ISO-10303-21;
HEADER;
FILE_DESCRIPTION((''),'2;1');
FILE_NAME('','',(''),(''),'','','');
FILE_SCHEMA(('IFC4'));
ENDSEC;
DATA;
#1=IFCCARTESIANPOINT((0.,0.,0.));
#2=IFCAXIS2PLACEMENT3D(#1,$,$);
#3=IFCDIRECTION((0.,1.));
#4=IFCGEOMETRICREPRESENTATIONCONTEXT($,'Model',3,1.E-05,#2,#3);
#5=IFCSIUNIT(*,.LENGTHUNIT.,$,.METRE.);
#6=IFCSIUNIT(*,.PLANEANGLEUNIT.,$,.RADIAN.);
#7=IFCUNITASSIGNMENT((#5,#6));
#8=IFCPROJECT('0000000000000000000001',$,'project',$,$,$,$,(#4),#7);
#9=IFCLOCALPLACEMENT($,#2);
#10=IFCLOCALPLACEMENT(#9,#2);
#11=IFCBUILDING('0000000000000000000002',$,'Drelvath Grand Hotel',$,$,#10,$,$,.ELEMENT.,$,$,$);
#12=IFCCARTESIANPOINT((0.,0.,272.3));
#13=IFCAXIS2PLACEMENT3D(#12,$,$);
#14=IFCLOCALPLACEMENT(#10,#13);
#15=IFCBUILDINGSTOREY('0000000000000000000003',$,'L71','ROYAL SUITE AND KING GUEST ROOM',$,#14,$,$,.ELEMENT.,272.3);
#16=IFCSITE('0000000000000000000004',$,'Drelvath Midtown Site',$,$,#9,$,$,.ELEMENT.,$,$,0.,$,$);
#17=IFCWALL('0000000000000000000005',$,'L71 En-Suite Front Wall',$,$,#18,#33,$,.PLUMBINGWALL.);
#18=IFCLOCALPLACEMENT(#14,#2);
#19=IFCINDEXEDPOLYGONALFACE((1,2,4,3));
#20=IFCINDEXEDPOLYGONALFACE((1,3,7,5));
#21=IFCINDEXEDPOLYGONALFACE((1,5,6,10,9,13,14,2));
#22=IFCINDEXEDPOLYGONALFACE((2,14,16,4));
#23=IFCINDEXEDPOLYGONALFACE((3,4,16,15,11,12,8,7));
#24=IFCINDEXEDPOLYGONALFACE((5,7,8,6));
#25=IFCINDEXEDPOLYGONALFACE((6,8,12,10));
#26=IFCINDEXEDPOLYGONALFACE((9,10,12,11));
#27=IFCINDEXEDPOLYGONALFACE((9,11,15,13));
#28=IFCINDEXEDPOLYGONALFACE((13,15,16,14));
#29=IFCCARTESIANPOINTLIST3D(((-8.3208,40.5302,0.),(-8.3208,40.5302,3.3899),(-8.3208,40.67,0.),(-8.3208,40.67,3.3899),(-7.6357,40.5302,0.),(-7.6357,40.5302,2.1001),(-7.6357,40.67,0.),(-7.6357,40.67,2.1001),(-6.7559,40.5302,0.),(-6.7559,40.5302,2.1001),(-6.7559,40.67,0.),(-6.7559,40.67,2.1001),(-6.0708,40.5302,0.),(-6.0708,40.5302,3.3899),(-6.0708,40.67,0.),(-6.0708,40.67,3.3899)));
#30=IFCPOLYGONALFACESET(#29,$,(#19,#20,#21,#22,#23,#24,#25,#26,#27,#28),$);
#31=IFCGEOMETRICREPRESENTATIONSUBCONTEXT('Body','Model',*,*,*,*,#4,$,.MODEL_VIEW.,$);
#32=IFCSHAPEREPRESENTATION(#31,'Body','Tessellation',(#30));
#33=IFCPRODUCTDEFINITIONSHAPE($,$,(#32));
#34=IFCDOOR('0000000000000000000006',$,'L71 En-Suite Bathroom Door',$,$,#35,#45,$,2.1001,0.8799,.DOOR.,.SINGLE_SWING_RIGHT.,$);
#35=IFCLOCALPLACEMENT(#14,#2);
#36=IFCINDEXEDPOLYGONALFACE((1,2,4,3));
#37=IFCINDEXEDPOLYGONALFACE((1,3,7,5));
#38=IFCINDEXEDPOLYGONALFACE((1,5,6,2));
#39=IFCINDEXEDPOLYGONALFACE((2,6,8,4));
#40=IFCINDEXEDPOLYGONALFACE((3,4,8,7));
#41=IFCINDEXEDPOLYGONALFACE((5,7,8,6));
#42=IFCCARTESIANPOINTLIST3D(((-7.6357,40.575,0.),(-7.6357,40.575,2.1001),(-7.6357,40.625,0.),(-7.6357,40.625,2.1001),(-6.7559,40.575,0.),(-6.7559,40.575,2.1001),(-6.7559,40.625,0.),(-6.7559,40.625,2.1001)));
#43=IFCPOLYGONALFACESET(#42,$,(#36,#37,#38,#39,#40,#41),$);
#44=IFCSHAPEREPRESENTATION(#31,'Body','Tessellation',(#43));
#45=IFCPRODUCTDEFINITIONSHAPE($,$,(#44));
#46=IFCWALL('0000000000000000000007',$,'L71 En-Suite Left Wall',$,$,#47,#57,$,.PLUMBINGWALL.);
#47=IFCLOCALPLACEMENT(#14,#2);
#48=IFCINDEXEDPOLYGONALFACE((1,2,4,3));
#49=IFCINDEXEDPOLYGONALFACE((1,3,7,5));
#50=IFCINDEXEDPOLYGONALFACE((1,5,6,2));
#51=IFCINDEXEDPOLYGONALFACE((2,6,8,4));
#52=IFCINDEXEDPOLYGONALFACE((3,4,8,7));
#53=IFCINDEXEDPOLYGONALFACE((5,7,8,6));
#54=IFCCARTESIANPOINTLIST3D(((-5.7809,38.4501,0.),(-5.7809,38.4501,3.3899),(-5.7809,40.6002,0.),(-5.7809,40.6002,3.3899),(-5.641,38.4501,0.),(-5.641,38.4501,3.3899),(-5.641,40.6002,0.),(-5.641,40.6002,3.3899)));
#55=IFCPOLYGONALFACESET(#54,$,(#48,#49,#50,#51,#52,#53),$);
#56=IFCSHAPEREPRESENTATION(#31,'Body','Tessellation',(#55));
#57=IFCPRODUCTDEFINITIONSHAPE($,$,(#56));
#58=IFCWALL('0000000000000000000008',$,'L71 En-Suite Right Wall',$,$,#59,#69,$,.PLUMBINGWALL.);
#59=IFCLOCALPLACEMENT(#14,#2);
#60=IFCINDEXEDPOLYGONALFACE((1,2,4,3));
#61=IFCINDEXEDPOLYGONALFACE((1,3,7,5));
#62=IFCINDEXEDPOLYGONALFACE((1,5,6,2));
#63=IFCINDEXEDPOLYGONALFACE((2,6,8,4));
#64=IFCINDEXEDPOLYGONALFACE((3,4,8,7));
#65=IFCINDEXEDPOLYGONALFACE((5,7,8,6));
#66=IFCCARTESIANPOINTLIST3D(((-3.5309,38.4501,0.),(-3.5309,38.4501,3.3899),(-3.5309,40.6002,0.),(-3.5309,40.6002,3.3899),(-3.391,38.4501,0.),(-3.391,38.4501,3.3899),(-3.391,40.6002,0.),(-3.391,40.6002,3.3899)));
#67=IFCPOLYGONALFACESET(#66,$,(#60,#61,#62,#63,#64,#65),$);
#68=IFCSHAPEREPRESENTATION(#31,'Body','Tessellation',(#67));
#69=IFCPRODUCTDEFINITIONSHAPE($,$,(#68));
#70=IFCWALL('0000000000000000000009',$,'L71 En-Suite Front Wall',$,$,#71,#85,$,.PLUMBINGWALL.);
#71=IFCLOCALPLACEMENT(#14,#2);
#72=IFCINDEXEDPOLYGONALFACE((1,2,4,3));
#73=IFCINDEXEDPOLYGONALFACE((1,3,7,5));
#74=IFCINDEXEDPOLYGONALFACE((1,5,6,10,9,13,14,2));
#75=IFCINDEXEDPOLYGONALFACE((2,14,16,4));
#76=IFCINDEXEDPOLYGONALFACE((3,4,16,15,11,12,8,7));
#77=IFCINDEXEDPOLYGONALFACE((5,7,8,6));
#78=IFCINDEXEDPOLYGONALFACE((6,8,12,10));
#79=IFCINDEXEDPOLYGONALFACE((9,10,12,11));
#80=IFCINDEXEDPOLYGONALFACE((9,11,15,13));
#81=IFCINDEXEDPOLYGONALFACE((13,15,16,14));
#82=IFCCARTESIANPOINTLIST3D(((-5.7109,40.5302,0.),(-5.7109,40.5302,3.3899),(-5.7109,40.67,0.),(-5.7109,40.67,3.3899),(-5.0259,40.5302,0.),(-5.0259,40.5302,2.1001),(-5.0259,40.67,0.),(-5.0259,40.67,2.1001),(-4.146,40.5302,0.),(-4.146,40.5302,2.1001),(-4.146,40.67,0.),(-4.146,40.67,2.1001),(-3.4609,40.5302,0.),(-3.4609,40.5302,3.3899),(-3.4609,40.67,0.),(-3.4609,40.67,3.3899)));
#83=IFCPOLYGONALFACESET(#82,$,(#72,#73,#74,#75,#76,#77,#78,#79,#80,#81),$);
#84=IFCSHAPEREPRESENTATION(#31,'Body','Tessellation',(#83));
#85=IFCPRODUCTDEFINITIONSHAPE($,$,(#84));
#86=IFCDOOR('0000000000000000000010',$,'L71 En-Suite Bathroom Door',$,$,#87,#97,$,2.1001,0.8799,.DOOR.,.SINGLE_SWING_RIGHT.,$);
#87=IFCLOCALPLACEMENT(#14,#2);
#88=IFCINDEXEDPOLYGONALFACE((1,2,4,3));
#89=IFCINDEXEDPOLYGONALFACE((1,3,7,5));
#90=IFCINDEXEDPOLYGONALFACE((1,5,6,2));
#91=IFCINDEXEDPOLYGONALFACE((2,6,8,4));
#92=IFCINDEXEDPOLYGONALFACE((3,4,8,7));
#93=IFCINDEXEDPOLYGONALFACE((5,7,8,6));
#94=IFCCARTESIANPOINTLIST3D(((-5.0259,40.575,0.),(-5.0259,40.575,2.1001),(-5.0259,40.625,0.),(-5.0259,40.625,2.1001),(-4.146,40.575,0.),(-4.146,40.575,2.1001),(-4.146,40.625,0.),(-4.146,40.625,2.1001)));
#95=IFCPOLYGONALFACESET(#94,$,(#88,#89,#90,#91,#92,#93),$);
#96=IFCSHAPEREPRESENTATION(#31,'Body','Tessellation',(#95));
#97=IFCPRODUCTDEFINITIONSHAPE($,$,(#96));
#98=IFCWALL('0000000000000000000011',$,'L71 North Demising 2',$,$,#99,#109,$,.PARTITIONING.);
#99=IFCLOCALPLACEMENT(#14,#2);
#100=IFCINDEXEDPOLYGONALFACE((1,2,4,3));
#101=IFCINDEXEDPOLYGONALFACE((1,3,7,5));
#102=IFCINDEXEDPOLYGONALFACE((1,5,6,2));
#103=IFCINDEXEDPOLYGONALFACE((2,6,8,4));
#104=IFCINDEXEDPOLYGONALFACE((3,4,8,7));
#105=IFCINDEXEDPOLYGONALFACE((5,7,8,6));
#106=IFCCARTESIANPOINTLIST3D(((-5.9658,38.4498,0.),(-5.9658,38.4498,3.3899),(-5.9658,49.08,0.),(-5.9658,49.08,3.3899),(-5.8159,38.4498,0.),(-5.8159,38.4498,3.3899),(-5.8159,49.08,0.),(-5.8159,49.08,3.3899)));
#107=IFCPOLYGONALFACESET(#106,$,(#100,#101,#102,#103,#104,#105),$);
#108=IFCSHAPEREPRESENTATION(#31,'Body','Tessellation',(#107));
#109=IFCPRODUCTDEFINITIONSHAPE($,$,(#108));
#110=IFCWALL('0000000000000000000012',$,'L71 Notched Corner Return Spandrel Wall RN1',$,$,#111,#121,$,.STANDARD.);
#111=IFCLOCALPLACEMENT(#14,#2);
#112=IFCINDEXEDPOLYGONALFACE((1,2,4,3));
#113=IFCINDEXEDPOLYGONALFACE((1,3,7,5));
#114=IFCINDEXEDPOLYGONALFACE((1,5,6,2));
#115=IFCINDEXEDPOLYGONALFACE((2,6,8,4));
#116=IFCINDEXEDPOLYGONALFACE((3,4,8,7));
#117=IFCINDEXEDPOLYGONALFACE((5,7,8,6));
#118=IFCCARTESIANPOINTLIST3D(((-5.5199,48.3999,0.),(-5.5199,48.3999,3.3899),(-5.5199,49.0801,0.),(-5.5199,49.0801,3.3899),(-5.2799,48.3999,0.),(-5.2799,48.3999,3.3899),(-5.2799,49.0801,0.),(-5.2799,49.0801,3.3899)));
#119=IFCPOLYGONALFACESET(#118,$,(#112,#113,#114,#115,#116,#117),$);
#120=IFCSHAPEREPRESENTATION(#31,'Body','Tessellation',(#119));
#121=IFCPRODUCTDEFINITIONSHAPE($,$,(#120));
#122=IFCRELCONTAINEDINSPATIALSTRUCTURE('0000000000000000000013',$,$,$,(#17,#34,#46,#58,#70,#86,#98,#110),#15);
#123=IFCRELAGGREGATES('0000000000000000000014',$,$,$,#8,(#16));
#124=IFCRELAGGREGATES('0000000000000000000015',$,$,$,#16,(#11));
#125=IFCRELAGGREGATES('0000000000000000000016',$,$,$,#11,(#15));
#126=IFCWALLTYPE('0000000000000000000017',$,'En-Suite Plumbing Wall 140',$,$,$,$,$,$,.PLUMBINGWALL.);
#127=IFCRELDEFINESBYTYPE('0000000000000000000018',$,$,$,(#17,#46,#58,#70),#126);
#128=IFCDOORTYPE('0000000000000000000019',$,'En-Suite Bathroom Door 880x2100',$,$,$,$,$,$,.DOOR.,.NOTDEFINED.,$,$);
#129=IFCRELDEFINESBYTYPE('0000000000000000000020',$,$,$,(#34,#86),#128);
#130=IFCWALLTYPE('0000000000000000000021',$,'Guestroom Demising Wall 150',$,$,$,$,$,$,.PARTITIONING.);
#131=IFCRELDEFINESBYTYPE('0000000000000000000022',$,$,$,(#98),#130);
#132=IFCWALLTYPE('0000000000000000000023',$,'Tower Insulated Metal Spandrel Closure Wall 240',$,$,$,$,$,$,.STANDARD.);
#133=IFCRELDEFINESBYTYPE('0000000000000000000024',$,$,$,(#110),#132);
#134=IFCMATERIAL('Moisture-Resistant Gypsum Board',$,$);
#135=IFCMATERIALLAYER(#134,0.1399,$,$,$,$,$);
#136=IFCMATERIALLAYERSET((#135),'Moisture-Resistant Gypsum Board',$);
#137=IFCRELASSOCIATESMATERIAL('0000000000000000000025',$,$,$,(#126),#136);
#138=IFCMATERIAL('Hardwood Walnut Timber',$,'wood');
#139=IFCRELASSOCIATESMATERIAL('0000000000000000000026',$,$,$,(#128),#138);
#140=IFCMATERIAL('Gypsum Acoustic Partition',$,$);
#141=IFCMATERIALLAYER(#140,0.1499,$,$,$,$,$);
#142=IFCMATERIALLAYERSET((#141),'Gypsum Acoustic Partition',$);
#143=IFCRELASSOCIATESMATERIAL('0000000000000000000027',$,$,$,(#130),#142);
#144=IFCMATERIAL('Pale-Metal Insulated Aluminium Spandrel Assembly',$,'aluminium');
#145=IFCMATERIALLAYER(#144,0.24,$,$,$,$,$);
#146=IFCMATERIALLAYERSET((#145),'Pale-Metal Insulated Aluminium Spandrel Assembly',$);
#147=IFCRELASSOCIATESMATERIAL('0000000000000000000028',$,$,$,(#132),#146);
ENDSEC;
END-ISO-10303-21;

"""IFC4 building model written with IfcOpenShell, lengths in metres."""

from ifc_helpers import new_model, si_unit, direction, frame, frame_2d, origin, place, context, subcontext, project, spatial, rectangle, extrude, material, layer, layer_set, type_object, element, fill, save


model = new_model("IFC4")

# Units and contexts
model_context = context("Model", 3, precision=1e-05, world=origin(), true_north=direction((0.0, 1.0)))
body_context = subcontext(model_context, "Body", "Model", "MODEL_VIEW")
ifc_project = project(units=[si_unit("LENGTHUNIT", "METRE"), si_unit("PLANEANGLEUNIT", "RADIAN")], contexts=[model_context])

# Site, building, storey
site_placement = place(None, origin())
site = spatial("IfcSite", under=ifc_project, at=site_placement, Name="Drelvath Midtown Site", CompositionType="ELEMENT", RefElevation=0.0)
building_placement = place(site_placement, origin())
building = spatial("IfcBuilding", under=site, at=building_placement, Name="Drelvath Grand Hotel", CompositionType="ELEMENT")
storey_placement = place(building_placement, frame((0.0, 0.0, 272.3)))
storey = spatial("IfcBuildingStorey", under=building, at=storey_placement, Name="L71", Description="ROYAL SUITE AND KING GUEST ROOM", CompositionType="ELEMENT", Elevation=272.3)

# Wall, opening, door
ifc_material_1 = material(Name="Moisture-Resistant Gypsum Board")
ifc_layer_1 = layer(ifc_material_1, 0.1399)
ifc_layer_set_1 = layer_set([ifc_layer_1], Name="Moisture-Resistant Gypsum Board")
wall_type_1 = type_object("IfcWallType", Name="En-Suite Plumbing Wall 140", PredefinedType="PLUMBINGWALL", material=ifc_layer_set_1)
wall_1_placement = place(storey_placement, frame((-8.3208, 40.6001, 0.0), z_axis=(0.0, 0.0, 1.0), x_axis=(1.0, 0.0, 0.0)))
wall_1 = element("IfcWall", 1, at=wall_1_placement, inside=storey, type_object=wall_type_1, Name="L71 En-Suite Front Wall", PredefinedType="PLUMBINGWALL", context=body_context, shape_type="SweptSolid", body=[
    extrude(rectangle(XDim=2.25, YDim=0.1399, at=frame_2d((1.125, 0.0))), origin(), (0.0, 0.0, 1.0), 3.3899),
])
opening_1_placement = place(wall_1_placement, frame((0.6851, 0.0, 0.0)))
opening_1 = element("IfcOpeningElement", 2, at=opening_1_placement, cuts=wall_1, PredefinedType="OPENING", context=body_context, shape_type="SweptSolid", body=[
    extrude(rectangle(XDim=0.8799, YDim=2.1001, at=frame_2d((0.4399, 1.05))), frame((0.0, 0.0798, 0.0), z_axis=(0.0, -1.0, 0.0), x_axis=(1.0, 0.0, 0.0)), (0.0, 0.0, 1.0), 0.1599),
])
ifc_material_2 = material(Name="Hardwood Walnut Timber", Category="wood")
door_type = type_object("IfcDoorType", Name="En-Suite Bathroom Door 880x2100", OperationType="NOTDEFINED", PredefinedType="DOOR", material=ifc_material_2)
door_1_placement = place(opening_1_placement, origin())
door_1 = element("IfcDoor", 3, at=door_1_placement, inside=storey, type_object=door_type, Name="L71 En-Suite Bathroom Door", OperationType="SINGLE_SWING_RIGHT", OverallHeight=2.1001, OverallWidth=0.8799, PredefinedType="DOOR", context=body_context, shape_type="SweptSolid", body=[
    extrude(rectangle(XDim=0.8799, YDim=2.1001, at=frame_2d((0.4399, 1.05))), frame((0.0, 0.0249, 0.0), z_axis=(0.0, -1.0, 0.0), x_axis=(1.0, 0.0, 0.0)), (0.0, 0.0, 1.0), 0.05),
])
fill(opening_1, door_1)

# Walls
for number, where, z_axis, x_axis, name in (
    (4, (-5.7109, 38.45, 0.0), (0.0, 0.0, 1.0), (0.0, 1.0, 0.0), "L71 En-Suite Left Wall"),
    (5, (-3.4609, 38.45, 0.0), (0.0, 0.0, 1.0), (0.0, 1.0, 0.0), "L71 En-Suite Right Wall"),
):
    element("IfcWall", number, at=place(storey_placement, frame(where, z_axis=z_axis, x_axis=x_axis)), inside=storey, type_object=wall_type_1, Name=name, PredefinedType="PLUMBINGWALL", context=body_context, shape_type="SweptSolid", body=[
        extrude(rectangle(XDim=2.1501, YDim=0.1399, at=frame_2d((1.0752, 0.0))), origin(), (0.0, 0.0, 1.0), 3.3899),
    ])

# Wall, opening, door
wall_2_placement = place(storey_placement, frame((-5.7109, 40.6001, 0.0), z_axis=(0.0, 0.0, 1.0), x_axis=(1.0, 0.0, 0.0)))
wall_2 = element("IfcWall", 6, at=wall_2_placement, inside=storey, type_object=wall_type_1, Name="L71 En-Suite Front Wall", PredefinedType="PLUMBINGWALL", context=body_context, shape_type="SweptSolid", body=[
    extrude(rectangle(XDim=2.25, YDim=0.1399, at=frame_2d((1.125, 0.0))), origin(), (0.0, 0.0, 1.0), 3.3899),
])
opening_2_placement = place(wall_2_placement, frame((0.6851, 0.0, 0.0)))
opening_2 = element("IfcOpeningElement", 7, at=opening_2_placement, cuts=wall_2, PredefinedType="OPENING", context=body_context, shape_type="SweptSolid", body=[
    extrude(rectangle(XDim=0.8799, YDim=2.1001, at=frame_2d((0.4399, 1.05))), frame((0.0, 0.0798, 0.0), z_axis=(0.0, -1.0, 0.0), x_axis=(1.0, 0.0, 0.0)), (0.0, 0.0, 1.0), 0.1599),
])
door_2_placement = place(opening_2_placement, origin())
door_2 = element("IfcDoor", 8, at=door_2_placement, inside=storey, type_object=door_type, Name="L71 En-Suite Bathroom Door", OperationType="SINGLE_SWING_RIGHT", OverallHeight=2.1001, OverallWidth=0.8799, PredefinedType="DOOR", context=body_context, shape_type="SweptSolid", body=[
    extrude(rectangle(XDim=0.8799, YDim=2.1001, at=frame_2d((0.4399, 1.05))), frame((0.0, 0.0249, 0.0), z_axis=(0.0, -1.0, 0.0), x_axis=(1.0, 0.0, 0.0)), (0.0, 0.0, 1.0), 0.05),
])
fill(opening_2, door_2)

# Walls
ifc_material_3 = material(Name="Gypsum Acoustic Partition")
ifc_layer_2 = layer(ifc_material_3, 0.1499)
ifc_layer_set_2 = layer_set([ifc_layer_2], Name="Gypsum Acoustic Partition")
wall_type_2 = type_object("IfcWallType", Name="Guestroom Demising Wall 150", PredefinedType="PARTITIONING", material=ifc_layer_set_2)
wall_3_placement = place(storey_placement, frame((-5.8909, 38.45, 0.0), z_axis=(0.0, 0.0, 1.0), x_axis=(0.0, 1.0, 0.0)))
element("IfcWall", 9, at=wall_3_placement, inside=storey, type_object=wall_type_2, Name="L71 North Demising 2", PredefinedType="PARTITIONING", context=body_context, shape_type="SweptSolid", body=[
    extrude(rectangle(XDim=10.6301, YDim=0.1499, at=frame_2d((5.3149, 0.0))), origin(), (0.0, 0.0, 1.0), 3.3899),
])
ifc_material_4 = material(Name="Pale-Metal Insulated Aluminium Spandrel Assembly", Category="aluminium")
ifc_layer_3 = layer(ifc_material_4, 0.24)
ifc_layer_set_3 = layer_set([ifc_layer_3], Name="Pale-Metal Insulated Aluminium Spandrel Assembly")
wall_type_3 = type_object("IfcWallType", Name="Tower Insulated Metal Spandrel Closure Wall 240", PredefinedType="STANDARD", material=ifc_layer_set_3)
wall_4_placement = place(storey_placement, frame((-5.3999, 49.0801, 0.0), z_axis=(0.0, 0.0, 1.0), x_axis=(0.0, -1.0, 0.0)))
element("IfcWall", 10, at=wall_4_placement, inside=storey, type_object=wall_type_3, Name="L71 Notched Corner Return Spandrel Wall RN1", PredefinedType="STANDARD", context=body_context, shape_type="SweptSolid", body=[
    extrude(rectangle(XDim=0.6802, YDim=0.24, at=frame_2d((0.3401, 0.0))), origin(), (0.0, 0.0, 1.0), 3.3899),
])

save(model, "model.ifc")
